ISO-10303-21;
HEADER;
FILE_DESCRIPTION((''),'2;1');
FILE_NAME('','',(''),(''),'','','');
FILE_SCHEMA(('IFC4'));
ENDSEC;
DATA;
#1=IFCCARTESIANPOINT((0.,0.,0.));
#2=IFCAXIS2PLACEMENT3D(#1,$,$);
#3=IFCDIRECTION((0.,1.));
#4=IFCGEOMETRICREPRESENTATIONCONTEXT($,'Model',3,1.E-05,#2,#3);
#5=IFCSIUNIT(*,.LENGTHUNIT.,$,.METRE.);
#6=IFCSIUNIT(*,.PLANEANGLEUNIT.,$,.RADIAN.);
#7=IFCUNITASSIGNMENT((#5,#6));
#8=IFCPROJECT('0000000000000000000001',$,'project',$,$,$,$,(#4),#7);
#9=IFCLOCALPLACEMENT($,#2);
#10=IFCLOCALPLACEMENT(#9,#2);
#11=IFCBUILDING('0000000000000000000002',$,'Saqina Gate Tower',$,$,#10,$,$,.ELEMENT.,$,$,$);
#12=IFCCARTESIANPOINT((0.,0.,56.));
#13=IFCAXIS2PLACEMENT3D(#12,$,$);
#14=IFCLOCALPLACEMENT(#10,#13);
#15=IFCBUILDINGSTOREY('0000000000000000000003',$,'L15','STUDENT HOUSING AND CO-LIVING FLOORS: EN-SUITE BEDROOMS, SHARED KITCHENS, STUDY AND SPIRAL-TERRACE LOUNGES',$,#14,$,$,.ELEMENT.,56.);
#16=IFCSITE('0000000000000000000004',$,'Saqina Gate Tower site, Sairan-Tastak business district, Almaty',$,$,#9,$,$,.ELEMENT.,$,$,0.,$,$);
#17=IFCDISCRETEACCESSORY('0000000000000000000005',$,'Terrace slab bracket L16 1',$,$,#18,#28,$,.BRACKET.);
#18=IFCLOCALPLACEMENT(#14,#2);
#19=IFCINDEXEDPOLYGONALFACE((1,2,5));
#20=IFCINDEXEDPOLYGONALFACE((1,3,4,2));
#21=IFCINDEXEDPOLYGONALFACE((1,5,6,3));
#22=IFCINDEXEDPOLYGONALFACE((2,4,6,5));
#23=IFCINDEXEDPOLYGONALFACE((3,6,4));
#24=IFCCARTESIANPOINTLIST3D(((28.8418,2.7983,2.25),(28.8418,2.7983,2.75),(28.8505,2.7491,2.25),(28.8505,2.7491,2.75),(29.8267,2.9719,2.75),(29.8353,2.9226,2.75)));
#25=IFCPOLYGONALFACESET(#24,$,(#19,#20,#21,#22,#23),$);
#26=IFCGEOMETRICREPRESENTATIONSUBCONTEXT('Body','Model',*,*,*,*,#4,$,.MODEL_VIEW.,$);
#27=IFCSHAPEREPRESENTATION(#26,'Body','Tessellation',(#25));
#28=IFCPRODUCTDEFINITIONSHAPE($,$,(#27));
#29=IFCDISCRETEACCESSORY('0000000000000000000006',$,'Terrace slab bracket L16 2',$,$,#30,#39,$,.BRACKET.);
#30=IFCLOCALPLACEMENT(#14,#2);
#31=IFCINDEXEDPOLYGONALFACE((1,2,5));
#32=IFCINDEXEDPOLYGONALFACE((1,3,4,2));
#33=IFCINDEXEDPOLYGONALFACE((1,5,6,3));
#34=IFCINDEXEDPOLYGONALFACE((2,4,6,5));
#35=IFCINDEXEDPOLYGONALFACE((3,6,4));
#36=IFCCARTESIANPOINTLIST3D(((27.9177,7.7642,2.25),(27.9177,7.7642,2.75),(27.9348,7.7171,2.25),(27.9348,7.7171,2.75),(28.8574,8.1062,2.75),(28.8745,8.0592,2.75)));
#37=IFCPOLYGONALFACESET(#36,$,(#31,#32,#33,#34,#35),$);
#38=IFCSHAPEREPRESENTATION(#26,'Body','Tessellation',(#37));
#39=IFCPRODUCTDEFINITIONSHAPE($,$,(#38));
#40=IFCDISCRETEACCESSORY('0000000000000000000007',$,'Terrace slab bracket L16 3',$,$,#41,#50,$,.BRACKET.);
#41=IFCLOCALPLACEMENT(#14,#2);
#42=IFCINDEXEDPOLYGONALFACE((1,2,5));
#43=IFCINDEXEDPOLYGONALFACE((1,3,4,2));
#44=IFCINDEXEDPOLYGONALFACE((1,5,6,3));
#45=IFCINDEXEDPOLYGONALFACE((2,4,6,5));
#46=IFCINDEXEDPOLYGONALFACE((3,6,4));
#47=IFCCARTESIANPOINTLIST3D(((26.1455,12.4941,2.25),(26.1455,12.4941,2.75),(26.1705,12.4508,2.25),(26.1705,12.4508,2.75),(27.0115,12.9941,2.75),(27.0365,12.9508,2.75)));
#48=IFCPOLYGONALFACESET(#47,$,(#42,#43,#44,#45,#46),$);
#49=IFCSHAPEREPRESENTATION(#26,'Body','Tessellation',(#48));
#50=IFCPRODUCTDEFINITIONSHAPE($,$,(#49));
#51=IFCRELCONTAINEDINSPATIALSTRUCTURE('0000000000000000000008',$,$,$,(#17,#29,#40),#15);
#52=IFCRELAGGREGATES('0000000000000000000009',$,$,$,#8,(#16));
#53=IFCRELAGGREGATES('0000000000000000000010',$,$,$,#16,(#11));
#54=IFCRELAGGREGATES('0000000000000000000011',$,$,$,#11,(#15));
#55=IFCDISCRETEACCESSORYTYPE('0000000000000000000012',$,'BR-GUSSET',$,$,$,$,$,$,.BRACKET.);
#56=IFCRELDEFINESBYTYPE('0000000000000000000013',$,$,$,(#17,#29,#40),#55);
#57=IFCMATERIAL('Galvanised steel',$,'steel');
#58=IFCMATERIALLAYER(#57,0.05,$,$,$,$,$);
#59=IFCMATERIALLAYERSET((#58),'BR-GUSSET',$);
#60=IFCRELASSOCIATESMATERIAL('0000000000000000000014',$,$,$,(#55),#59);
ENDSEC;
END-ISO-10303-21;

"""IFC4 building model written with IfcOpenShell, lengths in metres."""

from ifc_helpers import new_model, si_unit, direction, frame, origin, place, context, subcontext, project, spatial, polyline, outline, extrude, material, layer, layer_set, type_object, element, save


model = new_model("IFC4")

# Units and contexts
model_context = context("Model", 3, precision=1e-05, world=origin(), true_north=direction((0.0, 1.0)))
body_context = subcontext(model_context, "Body", "Model", "MODEL_VIEW")
ifc_project = project(units=[si_unit("LENGTHUNIT", "METRE"), si_unit("PLANEANGLEUNIT", "RADIAN")], contexts=[model_context])

# Site, building, storey
site_placement = place(None, origin())
site = spatial("IfcSite", under=ifc_project, at=site_placement, Name="Saqina Gate Tower site, Sairan-Tastak business district, Almaty", CompositionType="ELEMENT", RefElevation=0.0)
building_placement = place(site_placement, origin())
building = spatial("IfcBuilding", under=site, at=building_placement, Name="Saqina Gate Tower", CompositionType="ELEMENT")
storey_placement = place(building_placement, frame((0.0, 0.0, 56.0)))
storey = spatial("IfcBuildingStorey", under=building, at=storey_placement, Name="L15", Description="STUDENT HOUSING AND CO-LIVING FLOORS: EN-SUITE BEDROOMS, SHARED KITCHENS, STUDY AND SPIRAL-TERRACE LOUNGES", CompositionType="ELEMENT", Elevation=56.0)

# Discrete accessories
ifc_material_1 = material(Name="Galvanised steel", Category="steel")
ifc_layer_1 = layer(ifc_material_1, 0.05)
ifc_layer_set_1 = layer_set([ifc_layer_1], Name="BR-GUSSET")
discrete_accessory_type_1 = type_object("IfcDiscreteAccessoryType", Name="BR-GUSSET", PredefinedType="BRACKET", material=ifc_layer_set_1)
discrete_accessory_1_placement = place(storey_placement, frame((28.8418, 2.7983, 2.25), z_axis=(-0.173576, 0.98482, 0.0), x_axis=(0.0, 0.0, 1.0)))
element("IfcDiscreteAccessory", 1, at=discrete_accessory_1_placement, inside=storey, type_object=discrete_accessory_type_1, Name="Terrace slab bracket L16 1", PredefinedType="BRACKET", context=body_context, shape_type="SweptSolid", body=[
    extrude(outline(polyline([(0.0, 0.0), (0.5, 0.0), (0.5, 1.0), (0.0, 0.0)])), origin(), (0.0, 0.0, -1.0), 0.05),
])
discrete_accessory_2_placement = place(storey_placement, frame((27.9177, 7.7642, 2.25), z_axis=(-0.342037, 0.939686, 0.0), x_axis=(0.0, 0.0, 1.0)))
element("IfcDiscreteAccessory", 2, at=discrete_accessory_2_placement, inside=storey, type_object=discrete_accessory_type_1, Name="Terrace slab bracket L16 2", PredefinedType="BRACKET", context=body_context, shape_type="SweptSolid", body=[
    extrude(outline(polyline([(0.0, 0.0), (0.5, 0.0), (0.5, 1.0), (0.0, 0.0)])), origin(), (0.0, 0.0, -1.0), 0.05),
])
discrete_accessory_3_placement = place(storey_placement, frame((26.1455, 12.4941, 2.25), z_axis=(-0.500025, 0.866011, 0.0), x_axis=(0.0, 0.0, 1.0)))
element("IfcDiscreteAccessory", 3, at=discrete_accessory_3_placement, inside=storey, type_object=discrete_accessory_type_1, Name="Terrace slab bracket L16 3", PredefinedType="BRACKET", context=body_context, shape_type="SweptSolid", body=[
    extrude(outline(polyline([(0.0, 0.0), (0.5, 0.0), (0.5, 0.9999), (0.0, 0.0)])), origin(), (0.0, 0.0, -1.0), 0.05),
])

save(model, "model.ifc")
